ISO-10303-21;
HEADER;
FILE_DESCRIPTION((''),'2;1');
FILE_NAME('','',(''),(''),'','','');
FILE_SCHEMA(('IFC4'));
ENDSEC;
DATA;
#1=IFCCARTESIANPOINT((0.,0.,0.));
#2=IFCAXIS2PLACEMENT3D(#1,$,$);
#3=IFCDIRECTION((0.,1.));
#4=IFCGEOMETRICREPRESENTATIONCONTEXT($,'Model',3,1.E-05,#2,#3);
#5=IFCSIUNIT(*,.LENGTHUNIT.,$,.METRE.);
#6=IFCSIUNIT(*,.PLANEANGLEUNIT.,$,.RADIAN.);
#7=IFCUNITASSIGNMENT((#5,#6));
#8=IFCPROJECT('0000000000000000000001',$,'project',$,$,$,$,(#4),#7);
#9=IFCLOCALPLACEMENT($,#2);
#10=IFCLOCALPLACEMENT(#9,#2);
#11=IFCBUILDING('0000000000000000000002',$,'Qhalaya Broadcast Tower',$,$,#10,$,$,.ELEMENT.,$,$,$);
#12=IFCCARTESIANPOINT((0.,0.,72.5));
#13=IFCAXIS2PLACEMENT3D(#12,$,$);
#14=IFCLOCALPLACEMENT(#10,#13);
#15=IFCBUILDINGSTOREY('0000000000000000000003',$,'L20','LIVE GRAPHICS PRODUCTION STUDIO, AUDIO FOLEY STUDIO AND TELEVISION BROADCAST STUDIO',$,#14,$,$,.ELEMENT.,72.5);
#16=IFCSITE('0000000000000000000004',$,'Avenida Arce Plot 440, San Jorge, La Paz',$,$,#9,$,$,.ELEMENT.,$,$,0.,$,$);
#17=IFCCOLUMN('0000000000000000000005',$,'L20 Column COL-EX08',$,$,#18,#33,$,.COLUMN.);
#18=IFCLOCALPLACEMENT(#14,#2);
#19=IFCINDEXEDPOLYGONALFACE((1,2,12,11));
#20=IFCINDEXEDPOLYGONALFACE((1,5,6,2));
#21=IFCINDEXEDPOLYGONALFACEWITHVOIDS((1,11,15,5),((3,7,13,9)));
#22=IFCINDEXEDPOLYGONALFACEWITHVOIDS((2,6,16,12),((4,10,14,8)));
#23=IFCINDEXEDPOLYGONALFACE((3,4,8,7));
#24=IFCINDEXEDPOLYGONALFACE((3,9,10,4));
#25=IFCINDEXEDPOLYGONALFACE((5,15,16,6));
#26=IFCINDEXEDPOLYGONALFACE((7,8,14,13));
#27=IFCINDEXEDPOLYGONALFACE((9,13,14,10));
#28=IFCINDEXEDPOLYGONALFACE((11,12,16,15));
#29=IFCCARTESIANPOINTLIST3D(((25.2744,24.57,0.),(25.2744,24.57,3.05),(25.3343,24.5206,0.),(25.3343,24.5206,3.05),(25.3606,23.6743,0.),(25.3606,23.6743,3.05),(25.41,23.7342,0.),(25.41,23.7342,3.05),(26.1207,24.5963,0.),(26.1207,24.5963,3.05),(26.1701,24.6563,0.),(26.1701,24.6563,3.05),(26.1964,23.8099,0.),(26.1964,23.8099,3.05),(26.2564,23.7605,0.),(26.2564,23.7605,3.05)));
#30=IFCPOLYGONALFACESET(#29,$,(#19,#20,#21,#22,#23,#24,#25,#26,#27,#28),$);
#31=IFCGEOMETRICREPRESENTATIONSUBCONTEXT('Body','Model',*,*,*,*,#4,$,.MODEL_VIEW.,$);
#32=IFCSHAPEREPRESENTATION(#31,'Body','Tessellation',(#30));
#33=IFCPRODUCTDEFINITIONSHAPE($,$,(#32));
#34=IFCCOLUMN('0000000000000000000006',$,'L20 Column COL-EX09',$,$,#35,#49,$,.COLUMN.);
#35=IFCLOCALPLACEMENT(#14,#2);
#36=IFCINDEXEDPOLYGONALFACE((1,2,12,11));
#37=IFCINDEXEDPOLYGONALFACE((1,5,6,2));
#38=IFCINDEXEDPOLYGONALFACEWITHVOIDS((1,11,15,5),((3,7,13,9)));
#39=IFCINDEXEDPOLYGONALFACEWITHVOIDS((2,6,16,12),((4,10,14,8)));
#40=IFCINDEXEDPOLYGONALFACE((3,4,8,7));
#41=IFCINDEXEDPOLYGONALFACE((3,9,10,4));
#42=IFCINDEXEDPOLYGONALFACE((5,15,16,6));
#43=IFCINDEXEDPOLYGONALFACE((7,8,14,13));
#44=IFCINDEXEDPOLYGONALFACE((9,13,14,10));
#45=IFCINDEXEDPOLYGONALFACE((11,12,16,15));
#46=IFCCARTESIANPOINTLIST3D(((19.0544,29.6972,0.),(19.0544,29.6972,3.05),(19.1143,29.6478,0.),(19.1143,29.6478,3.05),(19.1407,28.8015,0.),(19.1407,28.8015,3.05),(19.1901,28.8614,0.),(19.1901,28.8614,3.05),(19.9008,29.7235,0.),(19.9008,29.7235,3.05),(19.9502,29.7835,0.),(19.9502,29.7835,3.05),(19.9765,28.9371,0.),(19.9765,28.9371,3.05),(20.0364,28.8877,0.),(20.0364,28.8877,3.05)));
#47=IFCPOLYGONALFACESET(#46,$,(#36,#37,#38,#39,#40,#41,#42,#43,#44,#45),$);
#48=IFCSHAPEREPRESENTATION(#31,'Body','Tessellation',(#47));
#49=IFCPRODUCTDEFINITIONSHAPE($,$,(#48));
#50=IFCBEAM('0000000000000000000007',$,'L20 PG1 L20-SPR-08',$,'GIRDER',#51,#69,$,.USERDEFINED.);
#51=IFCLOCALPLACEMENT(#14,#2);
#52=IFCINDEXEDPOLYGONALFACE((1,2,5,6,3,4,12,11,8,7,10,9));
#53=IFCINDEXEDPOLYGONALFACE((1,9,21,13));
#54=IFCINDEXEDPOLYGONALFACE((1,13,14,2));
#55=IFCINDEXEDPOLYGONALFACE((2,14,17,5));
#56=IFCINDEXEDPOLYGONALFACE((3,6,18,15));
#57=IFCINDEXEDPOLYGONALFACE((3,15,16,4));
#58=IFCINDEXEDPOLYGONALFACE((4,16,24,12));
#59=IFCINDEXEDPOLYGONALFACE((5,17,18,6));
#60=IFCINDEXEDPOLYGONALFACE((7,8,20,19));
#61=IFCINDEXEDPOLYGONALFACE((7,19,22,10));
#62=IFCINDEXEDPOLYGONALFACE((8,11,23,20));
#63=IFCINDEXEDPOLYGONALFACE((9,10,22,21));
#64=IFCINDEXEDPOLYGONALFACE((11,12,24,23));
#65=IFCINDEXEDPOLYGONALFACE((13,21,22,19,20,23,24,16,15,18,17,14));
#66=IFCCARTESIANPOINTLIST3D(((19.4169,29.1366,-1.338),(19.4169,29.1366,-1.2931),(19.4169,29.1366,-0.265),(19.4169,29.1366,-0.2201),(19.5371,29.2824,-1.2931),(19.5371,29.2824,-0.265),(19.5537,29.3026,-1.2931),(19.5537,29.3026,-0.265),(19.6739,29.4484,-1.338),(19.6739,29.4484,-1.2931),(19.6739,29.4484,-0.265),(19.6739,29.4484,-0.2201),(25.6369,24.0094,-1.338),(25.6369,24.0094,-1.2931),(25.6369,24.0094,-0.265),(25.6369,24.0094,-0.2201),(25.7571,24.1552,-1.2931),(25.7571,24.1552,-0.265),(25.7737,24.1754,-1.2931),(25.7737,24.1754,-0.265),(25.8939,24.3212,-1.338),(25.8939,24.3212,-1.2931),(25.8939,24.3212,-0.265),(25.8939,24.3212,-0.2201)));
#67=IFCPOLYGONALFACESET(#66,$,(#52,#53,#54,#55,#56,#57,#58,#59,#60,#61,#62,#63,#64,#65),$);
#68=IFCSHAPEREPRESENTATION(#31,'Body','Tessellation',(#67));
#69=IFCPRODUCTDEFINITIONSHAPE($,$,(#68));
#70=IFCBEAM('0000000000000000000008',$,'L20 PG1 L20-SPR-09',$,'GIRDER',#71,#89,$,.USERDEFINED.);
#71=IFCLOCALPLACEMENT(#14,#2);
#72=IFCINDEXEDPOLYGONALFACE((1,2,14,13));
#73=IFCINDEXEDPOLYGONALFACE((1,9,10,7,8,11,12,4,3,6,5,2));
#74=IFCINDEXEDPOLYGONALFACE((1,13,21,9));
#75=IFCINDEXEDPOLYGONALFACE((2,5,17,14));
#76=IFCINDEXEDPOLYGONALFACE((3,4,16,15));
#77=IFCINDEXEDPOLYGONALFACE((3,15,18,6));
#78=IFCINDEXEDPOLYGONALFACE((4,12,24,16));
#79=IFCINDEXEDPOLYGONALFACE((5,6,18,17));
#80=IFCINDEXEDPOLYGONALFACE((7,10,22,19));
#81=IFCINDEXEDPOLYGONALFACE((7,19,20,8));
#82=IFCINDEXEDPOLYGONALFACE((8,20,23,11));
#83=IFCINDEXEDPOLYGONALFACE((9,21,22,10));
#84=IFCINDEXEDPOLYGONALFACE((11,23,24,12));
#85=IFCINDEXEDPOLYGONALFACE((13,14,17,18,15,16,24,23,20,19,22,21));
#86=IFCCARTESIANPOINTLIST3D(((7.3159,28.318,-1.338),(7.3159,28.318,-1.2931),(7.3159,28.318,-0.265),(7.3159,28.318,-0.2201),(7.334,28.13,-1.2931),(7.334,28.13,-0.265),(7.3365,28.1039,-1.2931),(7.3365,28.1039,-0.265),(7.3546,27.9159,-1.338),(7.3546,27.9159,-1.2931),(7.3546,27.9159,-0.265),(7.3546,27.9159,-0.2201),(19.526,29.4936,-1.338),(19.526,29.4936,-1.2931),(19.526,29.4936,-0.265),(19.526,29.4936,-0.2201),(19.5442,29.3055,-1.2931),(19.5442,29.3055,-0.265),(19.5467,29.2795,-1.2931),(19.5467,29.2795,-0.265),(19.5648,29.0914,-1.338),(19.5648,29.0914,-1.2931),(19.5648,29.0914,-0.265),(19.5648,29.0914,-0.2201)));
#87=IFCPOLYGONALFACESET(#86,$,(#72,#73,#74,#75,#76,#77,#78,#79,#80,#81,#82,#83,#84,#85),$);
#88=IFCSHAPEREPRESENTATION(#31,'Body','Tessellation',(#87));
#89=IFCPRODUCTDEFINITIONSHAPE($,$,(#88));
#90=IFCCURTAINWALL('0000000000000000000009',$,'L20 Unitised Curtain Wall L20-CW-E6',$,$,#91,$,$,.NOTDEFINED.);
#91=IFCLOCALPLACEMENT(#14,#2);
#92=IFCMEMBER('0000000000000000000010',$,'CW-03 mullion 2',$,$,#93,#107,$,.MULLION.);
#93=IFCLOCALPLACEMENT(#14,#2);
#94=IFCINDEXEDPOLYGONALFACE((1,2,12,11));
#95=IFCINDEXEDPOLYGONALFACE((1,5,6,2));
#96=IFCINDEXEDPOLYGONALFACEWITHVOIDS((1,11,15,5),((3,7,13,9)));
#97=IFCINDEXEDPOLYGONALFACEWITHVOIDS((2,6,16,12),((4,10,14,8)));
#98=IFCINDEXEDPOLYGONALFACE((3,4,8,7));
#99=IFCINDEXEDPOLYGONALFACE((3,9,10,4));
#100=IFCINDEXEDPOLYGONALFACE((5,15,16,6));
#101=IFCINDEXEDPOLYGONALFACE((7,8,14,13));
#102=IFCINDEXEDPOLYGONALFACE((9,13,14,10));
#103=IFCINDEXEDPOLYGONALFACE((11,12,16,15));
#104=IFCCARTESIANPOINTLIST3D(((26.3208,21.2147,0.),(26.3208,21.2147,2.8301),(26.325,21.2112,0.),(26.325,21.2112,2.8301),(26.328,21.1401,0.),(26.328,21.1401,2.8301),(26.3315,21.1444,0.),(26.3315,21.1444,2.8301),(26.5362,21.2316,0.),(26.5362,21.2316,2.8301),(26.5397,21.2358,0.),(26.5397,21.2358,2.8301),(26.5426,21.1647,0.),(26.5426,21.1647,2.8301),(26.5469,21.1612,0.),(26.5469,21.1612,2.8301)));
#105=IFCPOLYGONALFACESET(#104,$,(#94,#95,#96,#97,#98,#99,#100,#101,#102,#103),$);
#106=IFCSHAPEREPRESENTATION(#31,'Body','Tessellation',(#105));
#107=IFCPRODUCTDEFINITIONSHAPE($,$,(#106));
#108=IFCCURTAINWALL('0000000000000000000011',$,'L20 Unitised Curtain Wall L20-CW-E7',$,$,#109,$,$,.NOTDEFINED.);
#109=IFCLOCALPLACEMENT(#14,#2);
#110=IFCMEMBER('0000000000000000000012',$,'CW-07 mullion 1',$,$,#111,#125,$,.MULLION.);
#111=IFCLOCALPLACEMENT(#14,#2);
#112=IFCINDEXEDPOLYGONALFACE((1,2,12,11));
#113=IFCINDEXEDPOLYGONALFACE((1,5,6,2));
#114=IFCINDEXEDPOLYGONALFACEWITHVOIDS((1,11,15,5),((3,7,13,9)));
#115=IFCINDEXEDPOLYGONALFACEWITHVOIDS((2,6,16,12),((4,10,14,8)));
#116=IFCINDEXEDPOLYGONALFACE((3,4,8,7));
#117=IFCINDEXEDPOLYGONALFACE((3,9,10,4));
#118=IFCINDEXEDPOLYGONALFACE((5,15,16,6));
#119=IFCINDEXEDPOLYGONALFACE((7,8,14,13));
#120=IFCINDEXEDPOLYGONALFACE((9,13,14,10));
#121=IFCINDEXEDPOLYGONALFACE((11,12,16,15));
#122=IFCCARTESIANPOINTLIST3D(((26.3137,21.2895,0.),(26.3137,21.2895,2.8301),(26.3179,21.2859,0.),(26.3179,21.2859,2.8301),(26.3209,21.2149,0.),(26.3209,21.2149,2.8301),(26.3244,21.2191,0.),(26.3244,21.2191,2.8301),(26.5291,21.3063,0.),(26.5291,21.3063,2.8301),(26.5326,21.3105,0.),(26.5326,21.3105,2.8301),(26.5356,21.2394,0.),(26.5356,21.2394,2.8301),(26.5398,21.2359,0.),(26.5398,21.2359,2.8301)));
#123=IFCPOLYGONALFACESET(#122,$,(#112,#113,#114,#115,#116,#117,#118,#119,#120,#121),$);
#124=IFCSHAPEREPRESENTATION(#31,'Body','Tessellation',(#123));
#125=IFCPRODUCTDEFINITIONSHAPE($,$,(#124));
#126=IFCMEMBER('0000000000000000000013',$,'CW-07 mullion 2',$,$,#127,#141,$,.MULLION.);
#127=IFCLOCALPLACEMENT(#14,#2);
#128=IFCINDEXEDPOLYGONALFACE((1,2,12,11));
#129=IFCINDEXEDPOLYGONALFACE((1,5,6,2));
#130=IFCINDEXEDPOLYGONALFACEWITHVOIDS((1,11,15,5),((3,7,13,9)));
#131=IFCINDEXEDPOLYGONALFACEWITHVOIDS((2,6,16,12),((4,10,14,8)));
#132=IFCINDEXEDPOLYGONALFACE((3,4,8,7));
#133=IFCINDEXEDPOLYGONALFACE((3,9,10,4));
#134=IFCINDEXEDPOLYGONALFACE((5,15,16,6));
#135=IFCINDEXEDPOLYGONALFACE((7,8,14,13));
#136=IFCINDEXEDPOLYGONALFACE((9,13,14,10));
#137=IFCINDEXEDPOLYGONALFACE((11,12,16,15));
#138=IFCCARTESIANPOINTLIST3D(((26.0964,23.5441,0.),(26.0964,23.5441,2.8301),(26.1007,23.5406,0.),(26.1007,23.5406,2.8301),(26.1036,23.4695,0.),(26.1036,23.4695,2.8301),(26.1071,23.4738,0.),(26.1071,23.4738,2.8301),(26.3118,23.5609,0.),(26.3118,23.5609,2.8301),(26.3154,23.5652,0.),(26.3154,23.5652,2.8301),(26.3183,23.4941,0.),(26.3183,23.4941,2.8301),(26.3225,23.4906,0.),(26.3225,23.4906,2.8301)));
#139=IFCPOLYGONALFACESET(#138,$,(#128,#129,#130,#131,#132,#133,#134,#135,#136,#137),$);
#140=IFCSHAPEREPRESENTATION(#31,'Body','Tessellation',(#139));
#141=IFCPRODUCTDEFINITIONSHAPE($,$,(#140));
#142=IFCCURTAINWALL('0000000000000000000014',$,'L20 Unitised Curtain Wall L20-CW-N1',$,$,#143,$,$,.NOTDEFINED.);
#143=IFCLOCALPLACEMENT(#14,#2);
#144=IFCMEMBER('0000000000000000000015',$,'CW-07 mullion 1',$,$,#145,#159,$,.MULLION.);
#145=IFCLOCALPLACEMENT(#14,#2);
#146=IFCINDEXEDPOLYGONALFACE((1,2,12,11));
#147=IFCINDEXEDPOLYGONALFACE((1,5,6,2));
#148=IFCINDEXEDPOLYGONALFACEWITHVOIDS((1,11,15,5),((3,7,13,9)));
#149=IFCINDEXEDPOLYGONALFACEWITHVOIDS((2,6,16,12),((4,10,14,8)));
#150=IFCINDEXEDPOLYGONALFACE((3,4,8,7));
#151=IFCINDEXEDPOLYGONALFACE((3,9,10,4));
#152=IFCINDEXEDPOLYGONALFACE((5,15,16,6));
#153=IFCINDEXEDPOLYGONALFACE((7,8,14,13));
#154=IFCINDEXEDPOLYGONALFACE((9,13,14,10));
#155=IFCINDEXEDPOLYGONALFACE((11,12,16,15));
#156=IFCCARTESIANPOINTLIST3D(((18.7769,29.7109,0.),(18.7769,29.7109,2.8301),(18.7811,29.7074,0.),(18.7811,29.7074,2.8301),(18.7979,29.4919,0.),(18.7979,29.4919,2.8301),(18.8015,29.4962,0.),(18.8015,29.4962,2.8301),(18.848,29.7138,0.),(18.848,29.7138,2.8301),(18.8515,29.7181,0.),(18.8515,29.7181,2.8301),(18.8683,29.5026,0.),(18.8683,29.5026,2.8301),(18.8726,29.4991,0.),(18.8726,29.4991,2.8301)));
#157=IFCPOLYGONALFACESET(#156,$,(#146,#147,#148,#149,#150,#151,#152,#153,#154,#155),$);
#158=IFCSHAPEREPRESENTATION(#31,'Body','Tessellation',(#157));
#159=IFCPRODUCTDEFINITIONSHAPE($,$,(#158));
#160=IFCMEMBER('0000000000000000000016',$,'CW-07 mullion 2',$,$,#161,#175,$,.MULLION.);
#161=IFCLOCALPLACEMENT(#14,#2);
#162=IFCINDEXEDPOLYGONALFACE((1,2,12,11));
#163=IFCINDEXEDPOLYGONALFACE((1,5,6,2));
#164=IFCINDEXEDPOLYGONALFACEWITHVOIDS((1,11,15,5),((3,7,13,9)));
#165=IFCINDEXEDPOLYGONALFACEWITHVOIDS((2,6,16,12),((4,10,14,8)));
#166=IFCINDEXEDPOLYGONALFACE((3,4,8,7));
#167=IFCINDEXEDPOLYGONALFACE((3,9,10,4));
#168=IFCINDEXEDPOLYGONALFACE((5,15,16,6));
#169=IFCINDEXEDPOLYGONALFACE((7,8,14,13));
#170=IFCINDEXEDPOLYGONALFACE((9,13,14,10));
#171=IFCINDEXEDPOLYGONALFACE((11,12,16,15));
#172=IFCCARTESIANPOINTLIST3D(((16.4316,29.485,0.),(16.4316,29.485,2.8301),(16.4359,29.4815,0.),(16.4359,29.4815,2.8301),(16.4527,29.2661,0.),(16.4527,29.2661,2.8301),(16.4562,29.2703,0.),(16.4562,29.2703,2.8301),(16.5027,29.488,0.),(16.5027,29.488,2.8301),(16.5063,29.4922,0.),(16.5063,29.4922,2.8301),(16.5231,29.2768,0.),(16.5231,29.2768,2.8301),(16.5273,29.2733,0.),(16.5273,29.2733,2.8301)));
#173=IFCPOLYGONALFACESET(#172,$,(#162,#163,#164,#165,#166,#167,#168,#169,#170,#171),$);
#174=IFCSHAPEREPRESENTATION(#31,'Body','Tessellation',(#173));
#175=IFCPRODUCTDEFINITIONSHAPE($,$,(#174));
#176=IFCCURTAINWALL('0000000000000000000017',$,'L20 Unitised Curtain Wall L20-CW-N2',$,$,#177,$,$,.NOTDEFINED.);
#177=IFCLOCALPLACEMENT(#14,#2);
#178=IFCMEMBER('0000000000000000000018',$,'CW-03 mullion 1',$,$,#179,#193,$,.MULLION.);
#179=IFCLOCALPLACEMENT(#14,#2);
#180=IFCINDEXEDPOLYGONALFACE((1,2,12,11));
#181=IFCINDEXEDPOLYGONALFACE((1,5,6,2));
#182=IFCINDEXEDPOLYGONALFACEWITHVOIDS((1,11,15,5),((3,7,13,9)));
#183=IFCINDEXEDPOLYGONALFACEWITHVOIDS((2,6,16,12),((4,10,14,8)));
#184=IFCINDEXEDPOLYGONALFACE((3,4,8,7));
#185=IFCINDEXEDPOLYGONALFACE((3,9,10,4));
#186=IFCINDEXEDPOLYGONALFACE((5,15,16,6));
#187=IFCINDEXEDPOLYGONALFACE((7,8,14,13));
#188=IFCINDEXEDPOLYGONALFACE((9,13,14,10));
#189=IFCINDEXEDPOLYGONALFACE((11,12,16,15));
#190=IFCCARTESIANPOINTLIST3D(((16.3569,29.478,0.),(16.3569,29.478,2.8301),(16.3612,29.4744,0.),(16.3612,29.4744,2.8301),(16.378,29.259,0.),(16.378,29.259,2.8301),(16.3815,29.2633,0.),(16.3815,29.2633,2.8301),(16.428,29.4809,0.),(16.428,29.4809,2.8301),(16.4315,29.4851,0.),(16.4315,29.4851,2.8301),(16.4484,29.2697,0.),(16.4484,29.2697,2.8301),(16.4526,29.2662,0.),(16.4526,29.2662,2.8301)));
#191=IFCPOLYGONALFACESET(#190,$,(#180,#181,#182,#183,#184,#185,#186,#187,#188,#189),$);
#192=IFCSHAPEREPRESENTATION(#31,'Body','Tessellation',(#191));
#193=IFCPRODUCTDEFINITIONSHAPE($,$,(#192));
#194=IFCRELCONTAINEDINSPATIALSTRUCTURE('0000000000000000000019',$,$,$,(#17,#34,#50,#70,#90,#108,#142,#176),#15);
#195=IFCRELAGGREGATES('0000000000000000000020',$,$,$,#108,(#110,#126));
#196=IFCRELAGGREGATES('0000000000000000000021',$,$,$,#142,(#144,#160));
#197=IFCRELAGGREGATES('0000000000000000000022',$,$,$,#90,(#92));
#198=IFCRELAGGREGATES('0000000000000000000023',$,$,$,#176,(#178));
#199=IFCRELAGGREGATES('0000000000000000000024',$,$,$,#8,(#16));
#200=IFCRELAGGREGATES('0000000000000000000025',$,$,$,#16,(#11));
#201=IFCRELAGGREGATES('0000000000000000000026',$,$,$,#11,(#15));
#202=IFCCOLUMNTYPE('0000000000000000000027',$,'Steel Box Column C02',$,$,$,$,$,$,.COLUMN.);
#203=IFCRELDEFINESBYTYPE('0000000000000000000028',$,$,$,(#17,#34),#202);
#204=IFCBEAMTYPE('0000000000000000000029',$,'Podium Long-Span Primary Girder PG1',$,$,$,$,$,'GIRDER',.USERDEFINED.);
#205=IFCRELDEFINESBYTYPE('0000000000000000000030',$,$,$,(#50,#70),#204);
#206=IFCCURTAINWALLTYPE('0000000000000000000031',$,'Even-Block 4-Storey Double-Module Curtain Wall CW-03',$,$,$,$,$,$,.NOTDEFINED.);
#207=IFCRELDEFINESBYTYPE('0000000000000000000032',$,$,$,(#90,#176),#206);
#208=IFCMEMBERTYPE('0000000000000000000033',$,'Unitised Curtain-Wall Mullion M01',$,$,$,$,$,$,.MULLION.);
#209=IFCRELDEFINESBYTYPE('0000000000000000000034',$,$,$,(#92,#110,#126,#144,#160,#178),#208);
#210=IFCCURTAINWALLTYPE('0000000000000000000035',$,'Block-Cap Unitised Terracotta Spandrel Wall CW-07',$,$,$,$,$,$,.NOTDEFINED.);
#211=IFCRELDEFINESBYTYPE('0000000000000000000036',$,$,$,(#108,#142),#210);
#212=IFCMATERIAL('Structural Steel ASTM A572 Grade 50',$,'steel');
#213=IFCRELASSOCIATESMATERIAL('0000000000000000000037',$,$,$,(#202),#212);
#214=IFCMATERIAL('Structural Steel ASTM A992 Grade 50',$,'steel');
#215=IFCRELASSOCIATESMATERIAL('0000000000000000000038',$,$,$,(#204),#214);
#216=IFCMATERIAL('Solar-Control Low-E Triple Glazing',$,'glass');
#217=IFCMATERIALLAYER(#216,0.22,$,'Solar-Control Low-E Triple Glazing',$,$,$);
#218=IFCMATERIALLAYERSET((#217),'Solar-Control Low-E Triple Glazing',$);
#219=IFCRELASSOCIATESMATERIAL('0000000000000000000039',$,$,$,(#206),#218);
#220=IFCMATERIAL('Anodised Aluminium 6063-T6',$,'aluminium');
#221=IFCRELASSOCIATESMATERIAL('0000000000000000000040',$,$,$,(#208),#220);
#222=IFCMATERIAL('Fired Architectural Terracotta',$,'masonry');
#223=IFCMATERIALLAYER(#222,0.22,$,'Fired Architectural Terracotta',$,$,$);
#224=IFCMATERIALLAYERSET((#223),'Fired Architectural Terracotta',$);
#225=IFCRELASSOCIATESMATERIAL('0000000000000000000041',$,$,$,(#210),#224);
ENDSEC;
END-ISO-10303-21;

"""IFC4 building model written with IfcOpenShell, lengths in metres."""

from ifc_helpers import new_model, si_unit, direction, frame, origin, origin_2d, place, context, subcontext, project, spatial, hollow_rectangle, i_section, extrude, material, layer, layer_set, material_profile, profile_set, type_object, element, aggregate, save


model = new_model("IFC4")

# Units and contexts
model_context = context("Model", 3, precision=1e-05, world=origin(), true_north=direction((0.0, 1.0)))
body_context = subcontext(model_context, "Body", "Model", "MODEL_VIEW")
ifc_project = project(units=[si_unit("LENGTHUNIT", "METRE"), si_unit("PLANEANGLEUNIT", "RADIAN")], contexts=[model_context])

# Site, building, storey
site_placement = place(None, origin())
site = spatial("IfcSite", under=ifc_project, at=site_placement, Name="Avenida Arce Plot 440, San Jorge, La Paz", CompositionType="ELEMENT", RefElevation=0.0)
building_placement = place(site_placement, origin())
building = spatial("IfcBuilding", under=site, at=building_placement, Name="Qhalaya Broadcast Tower", CompositionType="ELEMENT")
storey_placement = place(building_placement, frame((0.0, 0.0, 72.5)))
storey = spatial("IfcBuildingStorey", under=building, at=storey_placement, Name="L20", Description="LIVE GRAPHICS PRODUCTION STUDIO, AUDIO FOLEY STUDIO AND TELEVISION BROADCAST STUDIO", CompositionType="ELEMENT", Elevation=72.5)

# Columns
ifc_material_1 = material(Name="Structural Steel ASTM A572 Grade 50", Category="steel")
ifc_material_profile_1 = material_profile(ifc_material_1, hollow_rectangle(XDim=0.8999, YDim=0.8999, WallThickness=0.0549, at=origin_2d()), Name="BOX 900x900x55")
ifc_profile_set_1 = profile_set([ifc_material_profile_1], Name="Structural Steel ASTM A572 Grade 50")
column_type = type_object("IfcColumnType", Name="Steel Box Column C02", PredefinedType="COLUMN", material=ifc_profile_set_1)
for number, where, z_axis, x_axis, name in (
    (1, (25.7654, 24.1653, 0.0), (0.0, 0.0, 1.0), (-0.095846, 0.995396, 0.0), "L20 Column COL-EX08"),
    (2, (19.5454, 29.2925, 0.0), (0.0, 0.0, 1.0), (0.995396, 0.095846, 0.0), "L20 Column COL-EX09"),
):
    element("IfcColumn", number, at=place(storey_placement, frame(where, z_axis=z_axis, x_axis=x_axis)), inside=storey, type_object=column_type, Name=name, PredefinedType="COLUMN", context=body_context, shape_type="SweptSolid", body=[
        extrude(hollow_rectangle(XDim=0.8999, YDim=0.8999, WallThickness=0.0549, at=origin_2d()), origin(), (0.0, 0.0, 1.0), 3.05),
    ])

# Beams
ifc_material_2 = material(Name="Structural Steel ASTM A992 Grade 50", Category="steel")
ifc_material_profile_2 = material_profile(ifc_material_2, i_section(OverallWidth=0.4041, OverallDepth=1.1179, WebThickness=0.0261, FlangeThickness=0.0449, at=origin_2d()), Name="W44X335")
ifc_profile_set_2 = profile_set([ifc_material_profile_2], Name="Structural Steel ASTM A992 Grade 50")
beam_type = type_object("IfcBeamType", Name="Podium Long-Span Primary Girder PG1", ElementType="GIRDER", PredefinedType="USERDEFINED", material=ifc_profile_set_2)
beam_1_placement = place(storey_placement, frame((25.7654, 24.1653, -0.7791), z_axis=(-0.771634, 0.636067, 0.0), x_axis=(-0.636067, -0.771634, 0.0)))
element("IfcBeam", 3, at=beam_1_placement, inside=storey, type_object=beam_type, Name="L20 PG1 L20-SPR-08", ObjectType="GIRDER", PredefinedType="USERDEFINED", context=body_context, shape_type="SweptSolid", body=[
    extrude(i_section(OverallWidth=0.4041, OverallDepth=1.1179, WebThickness=0.0261, FlangeThickness=0.0449, at=origin_2d()), origin(), (0.0, 0.0, 1.0), 8.0608),
])
beam_2_placement = place(storey_placement, frame((19.5454, 29.2925, -0.7791), z_axis=(-0.995398, -0.095832, 0.0), x_axis=(0.095832, -0.995398, 0.0)))
element("IfcBeam", 4, at=beam_2_placement, inside=storey, type_object=beam_type, Name="L20 PG1 L20-SPR-09", ObjectType="GIRDER", PredefinedType="USERDEFINED", context=body_context, shape_type="SweptSolid", body=[
    extrude(i_section(OverallWidth=0.4041, OverallDepth=1.1179, WebThickness=0.0261, FlangeThickness=0.0449, at=origin_2d()), origin(), (0.0, 0.0, 1.0), 12.2666),
])

# Curtain wall, member
ifc_material_3 = material(Name="Solar-Control Low-E Triple Glazing", Category="glass")
ifc_layer_1 = layer(ifc_material_3, 0.22, Name="Solar-Control Low-E Triple Glazing")
ifc_layer_set_1 = layer_set([ifc_layer_1], Name="Solar-Control Low-E Triple Glazing")
curtain_wall_type_1 = type_object("IfcCurtainWallType", Name="Even-Block 4-Storey Double-Module Curtain Wall CW-03", PredefinedType="NOTDEFINED", material=ifc_layer_set_1)
curtain_wall_1_placement = place(storey_placement, origin())
curtain_wall_1 = element("IfcCurtainWall", 5, at=curtain_wall_1_placement, inside=storey, type_object=curtain_wall_type_1, Name="L20 Unitised Curtain Wall L20-CW-E6", PredefinedType="NOTDEFINED")
ifc_material_4 = material(Name="Anodised Aluminium 6063-T6", Category="aluminium")
ifc_material_profile_3 = material_profile(ifc_material_4, hollow_rectangle(XDim=0.075, YDim=0.22, WallThickness=0.0039, at=origin_2d()), Name="ALU-MUL 75x220x4")
ifc_profile_set_3 = profile_set([ifc_material_profile_3], Name="Anodised Aluminium 6063-T6")
member_type_1 = type_object("IfcMemberType", Name="Unitised Curtain-Wall Mullion M01", PredefinedType="MULLION", material=ifc_profile_set_3)
member_1_placement = place(storey_placement, frame((26.4338, 21.188, 0.0), z_axis=(0.0, 0.0, 1.0), x_axis=(-0.095845, 0.995396, 0.0)))
member_1 = element("IfcMember", 6, at=member_1_placement, type_object=member_type_1, Name="CW-03 mullion 2", PredefinedType="MULLION", context=body_context, shape_type="SweptSolid", body=[
    extrude(hollow_rectangle(XDim=0.075, YDim=0.22, WallThickness=0.0039, at=origin_2d()), origin(), (0.0, 0.0, 1.0), 2.8301),
])

# Curtain walls, members
ifc_material_5 = material(Name="Fired Architectural Terracotta", Category="masonry")
ifc_layer_2 = layer(ifc_material_5, 0.22, Name="Fired Architectural Terracotta")
ifc_layer_set_2 = layer_set([ifc_layer_2], Name="Fired Architectural Terracotta")
curtain_wall_type_2 = type_object("IfcCurtainWallType", Name="Block-Cap Unitised Terracotta Spandrel Wall CW-07", PredefinedType="NOTDEFINED", material=ifc_layer_set_2)
curtain_wall_2_placement = place(storey_placement, origin())
curtain_wall_2 = element("IfcCurtainWall", 7, at=curtain_wall_2_placement, inside=storey, type_object=curtain_wall_type_2, Name="L20 Unitised Curtain Wall L20-CW-E7", PredefinedType="NOTDEFINED")
member_2_placement = place(storey_placement, frame((26.4268, 21.2627, 0.0), z_axis=(0.0, 0.0, 1.0), x_axis=(-0.095852, 0.995396, 0.0)))
member_2 = element("IfcMember", 8, at=member_2_placement, type_object=member_type_1, Name="CW-07 mullion 1", PredefinedType="MULLION", context=body_context, shape_type="SweptSolid", body=[
    extrude(hollow_rectangle(XDim=0.075, YDim=0.22, WallThickness=0.0039, at=origin_2d()), origin(), (0.0, 0.0, 1.0), 2.8301),
])
member_3_placement = place(storey_placement, frame((26.2095, 23.5173, 0.0), z_axis=(0.0, 0.0, 1.0), x_axis=(-0.095852, 0.995396, 0.0)))
member_3 = element("IfcMember", 9, at=member_3_placement, type_object=member_type_1, Name="CW-07 mullion 2", PredefinedType="MULLION", context=body_context, shape_type="SweptSolid", body=[
    extrude(hollow_rectangle(XDim=0.075, YDim=0.22, WallThickness=0.0039, at=origin_2d()), origin(), (0.0, 0.0, 1.0), 2.8301),
])
curtain_wall_3_placement = place(storey_placement, origin())
curtain_wall_3 = element("IfcCurtainWall", 10, at=curtain_wall_3_placement, inside=storey, type_object=curtain_wall_type_2, Name="L20 Unitised Curtain Wall L20-CW-N1", PredefinedType="NOTDEFINED")
member_4_placement = place(storey_placement, frame((18.8247, 29.605, 0.0), z_axis=(0.0, 0.0, 1.0), x_axis=(-0.995396, -0.095846, 0.0)))
member_4 = element("IfcMember", 11, at=member_4_placement, type_object=member_type_1, Name="CW-07 mullion 1", PredefinedType="MULLION", context=body_context, shape_type="SweptSolid", body=[
    extrude(hollow_rectangle(XDim=0.075, YDim=0.22, WallThickness=0.0039, at=origin_2d()), origin(), (0.0, 0.0, 1.0), 2.8301),
])
member_5_placement = place(storey_placement, frame((16.4795, 29.3792, 0.0), z_axis=(0.0, 0.0, 1.0), x_axis=(-0.995396, -0.095846, 0.0)))
member_5 = element("IfcMember", 12, at=member_5_placement, type_object=member_type_1, Name="CW-07 mullion 2", PredefinedType="MULLION", context=body_context, shape_type="SweptSolid", body=[
    extrude(hollow_rectangle(XDim=0.075, YDim=0.22, WallThickness=0.0039, at=origin_2d()), origin(), (0.0, 0.0, 1.0), 2.8301),
])

# Curtain wall, member
curtain_wall_4_placement = place(storey_placement, origin())
curtain_wall_4 = element("IfcCurtainWall", 13, at=curtain_wall_4_placement, inside=storey, type_object=curtain_wall_type_1, Name="L20 Unitised Curtain Wall L20-CW-N2", PredefinedType="NOTDEFINED")
member_6_placement = place(storey_placement, frame((16.4048, 29.3721, 0.0), z_axis=(0.0, 0.0, 1.0), x_axis=(-0.995396, -0.095852, 0.0)))
member_6 = element("IfcMember", 14, at=member_6_placement, type_object=member_type_1, Name="CW-03 mullion 1", PredefinedType="MULLION", context=body_context, shape_type="SweptSolid", body=[
    extrude(hollow_rectangle(XDim=0.075, YDim=0.22, WallThickness=0.0039, at=origin_2d()), origin(), (0.0, 0.0, 1.0), 2.8301),
])

aggregate(curtain_wall_2, [member_2, member_3])
aggregate(curtain_wall_3, [member_4, member_5])
aggregate(curtain_wall_1, [member_1])
aggregate(curtain_wall_4, [member_6])

save(model, "model.ifc")
